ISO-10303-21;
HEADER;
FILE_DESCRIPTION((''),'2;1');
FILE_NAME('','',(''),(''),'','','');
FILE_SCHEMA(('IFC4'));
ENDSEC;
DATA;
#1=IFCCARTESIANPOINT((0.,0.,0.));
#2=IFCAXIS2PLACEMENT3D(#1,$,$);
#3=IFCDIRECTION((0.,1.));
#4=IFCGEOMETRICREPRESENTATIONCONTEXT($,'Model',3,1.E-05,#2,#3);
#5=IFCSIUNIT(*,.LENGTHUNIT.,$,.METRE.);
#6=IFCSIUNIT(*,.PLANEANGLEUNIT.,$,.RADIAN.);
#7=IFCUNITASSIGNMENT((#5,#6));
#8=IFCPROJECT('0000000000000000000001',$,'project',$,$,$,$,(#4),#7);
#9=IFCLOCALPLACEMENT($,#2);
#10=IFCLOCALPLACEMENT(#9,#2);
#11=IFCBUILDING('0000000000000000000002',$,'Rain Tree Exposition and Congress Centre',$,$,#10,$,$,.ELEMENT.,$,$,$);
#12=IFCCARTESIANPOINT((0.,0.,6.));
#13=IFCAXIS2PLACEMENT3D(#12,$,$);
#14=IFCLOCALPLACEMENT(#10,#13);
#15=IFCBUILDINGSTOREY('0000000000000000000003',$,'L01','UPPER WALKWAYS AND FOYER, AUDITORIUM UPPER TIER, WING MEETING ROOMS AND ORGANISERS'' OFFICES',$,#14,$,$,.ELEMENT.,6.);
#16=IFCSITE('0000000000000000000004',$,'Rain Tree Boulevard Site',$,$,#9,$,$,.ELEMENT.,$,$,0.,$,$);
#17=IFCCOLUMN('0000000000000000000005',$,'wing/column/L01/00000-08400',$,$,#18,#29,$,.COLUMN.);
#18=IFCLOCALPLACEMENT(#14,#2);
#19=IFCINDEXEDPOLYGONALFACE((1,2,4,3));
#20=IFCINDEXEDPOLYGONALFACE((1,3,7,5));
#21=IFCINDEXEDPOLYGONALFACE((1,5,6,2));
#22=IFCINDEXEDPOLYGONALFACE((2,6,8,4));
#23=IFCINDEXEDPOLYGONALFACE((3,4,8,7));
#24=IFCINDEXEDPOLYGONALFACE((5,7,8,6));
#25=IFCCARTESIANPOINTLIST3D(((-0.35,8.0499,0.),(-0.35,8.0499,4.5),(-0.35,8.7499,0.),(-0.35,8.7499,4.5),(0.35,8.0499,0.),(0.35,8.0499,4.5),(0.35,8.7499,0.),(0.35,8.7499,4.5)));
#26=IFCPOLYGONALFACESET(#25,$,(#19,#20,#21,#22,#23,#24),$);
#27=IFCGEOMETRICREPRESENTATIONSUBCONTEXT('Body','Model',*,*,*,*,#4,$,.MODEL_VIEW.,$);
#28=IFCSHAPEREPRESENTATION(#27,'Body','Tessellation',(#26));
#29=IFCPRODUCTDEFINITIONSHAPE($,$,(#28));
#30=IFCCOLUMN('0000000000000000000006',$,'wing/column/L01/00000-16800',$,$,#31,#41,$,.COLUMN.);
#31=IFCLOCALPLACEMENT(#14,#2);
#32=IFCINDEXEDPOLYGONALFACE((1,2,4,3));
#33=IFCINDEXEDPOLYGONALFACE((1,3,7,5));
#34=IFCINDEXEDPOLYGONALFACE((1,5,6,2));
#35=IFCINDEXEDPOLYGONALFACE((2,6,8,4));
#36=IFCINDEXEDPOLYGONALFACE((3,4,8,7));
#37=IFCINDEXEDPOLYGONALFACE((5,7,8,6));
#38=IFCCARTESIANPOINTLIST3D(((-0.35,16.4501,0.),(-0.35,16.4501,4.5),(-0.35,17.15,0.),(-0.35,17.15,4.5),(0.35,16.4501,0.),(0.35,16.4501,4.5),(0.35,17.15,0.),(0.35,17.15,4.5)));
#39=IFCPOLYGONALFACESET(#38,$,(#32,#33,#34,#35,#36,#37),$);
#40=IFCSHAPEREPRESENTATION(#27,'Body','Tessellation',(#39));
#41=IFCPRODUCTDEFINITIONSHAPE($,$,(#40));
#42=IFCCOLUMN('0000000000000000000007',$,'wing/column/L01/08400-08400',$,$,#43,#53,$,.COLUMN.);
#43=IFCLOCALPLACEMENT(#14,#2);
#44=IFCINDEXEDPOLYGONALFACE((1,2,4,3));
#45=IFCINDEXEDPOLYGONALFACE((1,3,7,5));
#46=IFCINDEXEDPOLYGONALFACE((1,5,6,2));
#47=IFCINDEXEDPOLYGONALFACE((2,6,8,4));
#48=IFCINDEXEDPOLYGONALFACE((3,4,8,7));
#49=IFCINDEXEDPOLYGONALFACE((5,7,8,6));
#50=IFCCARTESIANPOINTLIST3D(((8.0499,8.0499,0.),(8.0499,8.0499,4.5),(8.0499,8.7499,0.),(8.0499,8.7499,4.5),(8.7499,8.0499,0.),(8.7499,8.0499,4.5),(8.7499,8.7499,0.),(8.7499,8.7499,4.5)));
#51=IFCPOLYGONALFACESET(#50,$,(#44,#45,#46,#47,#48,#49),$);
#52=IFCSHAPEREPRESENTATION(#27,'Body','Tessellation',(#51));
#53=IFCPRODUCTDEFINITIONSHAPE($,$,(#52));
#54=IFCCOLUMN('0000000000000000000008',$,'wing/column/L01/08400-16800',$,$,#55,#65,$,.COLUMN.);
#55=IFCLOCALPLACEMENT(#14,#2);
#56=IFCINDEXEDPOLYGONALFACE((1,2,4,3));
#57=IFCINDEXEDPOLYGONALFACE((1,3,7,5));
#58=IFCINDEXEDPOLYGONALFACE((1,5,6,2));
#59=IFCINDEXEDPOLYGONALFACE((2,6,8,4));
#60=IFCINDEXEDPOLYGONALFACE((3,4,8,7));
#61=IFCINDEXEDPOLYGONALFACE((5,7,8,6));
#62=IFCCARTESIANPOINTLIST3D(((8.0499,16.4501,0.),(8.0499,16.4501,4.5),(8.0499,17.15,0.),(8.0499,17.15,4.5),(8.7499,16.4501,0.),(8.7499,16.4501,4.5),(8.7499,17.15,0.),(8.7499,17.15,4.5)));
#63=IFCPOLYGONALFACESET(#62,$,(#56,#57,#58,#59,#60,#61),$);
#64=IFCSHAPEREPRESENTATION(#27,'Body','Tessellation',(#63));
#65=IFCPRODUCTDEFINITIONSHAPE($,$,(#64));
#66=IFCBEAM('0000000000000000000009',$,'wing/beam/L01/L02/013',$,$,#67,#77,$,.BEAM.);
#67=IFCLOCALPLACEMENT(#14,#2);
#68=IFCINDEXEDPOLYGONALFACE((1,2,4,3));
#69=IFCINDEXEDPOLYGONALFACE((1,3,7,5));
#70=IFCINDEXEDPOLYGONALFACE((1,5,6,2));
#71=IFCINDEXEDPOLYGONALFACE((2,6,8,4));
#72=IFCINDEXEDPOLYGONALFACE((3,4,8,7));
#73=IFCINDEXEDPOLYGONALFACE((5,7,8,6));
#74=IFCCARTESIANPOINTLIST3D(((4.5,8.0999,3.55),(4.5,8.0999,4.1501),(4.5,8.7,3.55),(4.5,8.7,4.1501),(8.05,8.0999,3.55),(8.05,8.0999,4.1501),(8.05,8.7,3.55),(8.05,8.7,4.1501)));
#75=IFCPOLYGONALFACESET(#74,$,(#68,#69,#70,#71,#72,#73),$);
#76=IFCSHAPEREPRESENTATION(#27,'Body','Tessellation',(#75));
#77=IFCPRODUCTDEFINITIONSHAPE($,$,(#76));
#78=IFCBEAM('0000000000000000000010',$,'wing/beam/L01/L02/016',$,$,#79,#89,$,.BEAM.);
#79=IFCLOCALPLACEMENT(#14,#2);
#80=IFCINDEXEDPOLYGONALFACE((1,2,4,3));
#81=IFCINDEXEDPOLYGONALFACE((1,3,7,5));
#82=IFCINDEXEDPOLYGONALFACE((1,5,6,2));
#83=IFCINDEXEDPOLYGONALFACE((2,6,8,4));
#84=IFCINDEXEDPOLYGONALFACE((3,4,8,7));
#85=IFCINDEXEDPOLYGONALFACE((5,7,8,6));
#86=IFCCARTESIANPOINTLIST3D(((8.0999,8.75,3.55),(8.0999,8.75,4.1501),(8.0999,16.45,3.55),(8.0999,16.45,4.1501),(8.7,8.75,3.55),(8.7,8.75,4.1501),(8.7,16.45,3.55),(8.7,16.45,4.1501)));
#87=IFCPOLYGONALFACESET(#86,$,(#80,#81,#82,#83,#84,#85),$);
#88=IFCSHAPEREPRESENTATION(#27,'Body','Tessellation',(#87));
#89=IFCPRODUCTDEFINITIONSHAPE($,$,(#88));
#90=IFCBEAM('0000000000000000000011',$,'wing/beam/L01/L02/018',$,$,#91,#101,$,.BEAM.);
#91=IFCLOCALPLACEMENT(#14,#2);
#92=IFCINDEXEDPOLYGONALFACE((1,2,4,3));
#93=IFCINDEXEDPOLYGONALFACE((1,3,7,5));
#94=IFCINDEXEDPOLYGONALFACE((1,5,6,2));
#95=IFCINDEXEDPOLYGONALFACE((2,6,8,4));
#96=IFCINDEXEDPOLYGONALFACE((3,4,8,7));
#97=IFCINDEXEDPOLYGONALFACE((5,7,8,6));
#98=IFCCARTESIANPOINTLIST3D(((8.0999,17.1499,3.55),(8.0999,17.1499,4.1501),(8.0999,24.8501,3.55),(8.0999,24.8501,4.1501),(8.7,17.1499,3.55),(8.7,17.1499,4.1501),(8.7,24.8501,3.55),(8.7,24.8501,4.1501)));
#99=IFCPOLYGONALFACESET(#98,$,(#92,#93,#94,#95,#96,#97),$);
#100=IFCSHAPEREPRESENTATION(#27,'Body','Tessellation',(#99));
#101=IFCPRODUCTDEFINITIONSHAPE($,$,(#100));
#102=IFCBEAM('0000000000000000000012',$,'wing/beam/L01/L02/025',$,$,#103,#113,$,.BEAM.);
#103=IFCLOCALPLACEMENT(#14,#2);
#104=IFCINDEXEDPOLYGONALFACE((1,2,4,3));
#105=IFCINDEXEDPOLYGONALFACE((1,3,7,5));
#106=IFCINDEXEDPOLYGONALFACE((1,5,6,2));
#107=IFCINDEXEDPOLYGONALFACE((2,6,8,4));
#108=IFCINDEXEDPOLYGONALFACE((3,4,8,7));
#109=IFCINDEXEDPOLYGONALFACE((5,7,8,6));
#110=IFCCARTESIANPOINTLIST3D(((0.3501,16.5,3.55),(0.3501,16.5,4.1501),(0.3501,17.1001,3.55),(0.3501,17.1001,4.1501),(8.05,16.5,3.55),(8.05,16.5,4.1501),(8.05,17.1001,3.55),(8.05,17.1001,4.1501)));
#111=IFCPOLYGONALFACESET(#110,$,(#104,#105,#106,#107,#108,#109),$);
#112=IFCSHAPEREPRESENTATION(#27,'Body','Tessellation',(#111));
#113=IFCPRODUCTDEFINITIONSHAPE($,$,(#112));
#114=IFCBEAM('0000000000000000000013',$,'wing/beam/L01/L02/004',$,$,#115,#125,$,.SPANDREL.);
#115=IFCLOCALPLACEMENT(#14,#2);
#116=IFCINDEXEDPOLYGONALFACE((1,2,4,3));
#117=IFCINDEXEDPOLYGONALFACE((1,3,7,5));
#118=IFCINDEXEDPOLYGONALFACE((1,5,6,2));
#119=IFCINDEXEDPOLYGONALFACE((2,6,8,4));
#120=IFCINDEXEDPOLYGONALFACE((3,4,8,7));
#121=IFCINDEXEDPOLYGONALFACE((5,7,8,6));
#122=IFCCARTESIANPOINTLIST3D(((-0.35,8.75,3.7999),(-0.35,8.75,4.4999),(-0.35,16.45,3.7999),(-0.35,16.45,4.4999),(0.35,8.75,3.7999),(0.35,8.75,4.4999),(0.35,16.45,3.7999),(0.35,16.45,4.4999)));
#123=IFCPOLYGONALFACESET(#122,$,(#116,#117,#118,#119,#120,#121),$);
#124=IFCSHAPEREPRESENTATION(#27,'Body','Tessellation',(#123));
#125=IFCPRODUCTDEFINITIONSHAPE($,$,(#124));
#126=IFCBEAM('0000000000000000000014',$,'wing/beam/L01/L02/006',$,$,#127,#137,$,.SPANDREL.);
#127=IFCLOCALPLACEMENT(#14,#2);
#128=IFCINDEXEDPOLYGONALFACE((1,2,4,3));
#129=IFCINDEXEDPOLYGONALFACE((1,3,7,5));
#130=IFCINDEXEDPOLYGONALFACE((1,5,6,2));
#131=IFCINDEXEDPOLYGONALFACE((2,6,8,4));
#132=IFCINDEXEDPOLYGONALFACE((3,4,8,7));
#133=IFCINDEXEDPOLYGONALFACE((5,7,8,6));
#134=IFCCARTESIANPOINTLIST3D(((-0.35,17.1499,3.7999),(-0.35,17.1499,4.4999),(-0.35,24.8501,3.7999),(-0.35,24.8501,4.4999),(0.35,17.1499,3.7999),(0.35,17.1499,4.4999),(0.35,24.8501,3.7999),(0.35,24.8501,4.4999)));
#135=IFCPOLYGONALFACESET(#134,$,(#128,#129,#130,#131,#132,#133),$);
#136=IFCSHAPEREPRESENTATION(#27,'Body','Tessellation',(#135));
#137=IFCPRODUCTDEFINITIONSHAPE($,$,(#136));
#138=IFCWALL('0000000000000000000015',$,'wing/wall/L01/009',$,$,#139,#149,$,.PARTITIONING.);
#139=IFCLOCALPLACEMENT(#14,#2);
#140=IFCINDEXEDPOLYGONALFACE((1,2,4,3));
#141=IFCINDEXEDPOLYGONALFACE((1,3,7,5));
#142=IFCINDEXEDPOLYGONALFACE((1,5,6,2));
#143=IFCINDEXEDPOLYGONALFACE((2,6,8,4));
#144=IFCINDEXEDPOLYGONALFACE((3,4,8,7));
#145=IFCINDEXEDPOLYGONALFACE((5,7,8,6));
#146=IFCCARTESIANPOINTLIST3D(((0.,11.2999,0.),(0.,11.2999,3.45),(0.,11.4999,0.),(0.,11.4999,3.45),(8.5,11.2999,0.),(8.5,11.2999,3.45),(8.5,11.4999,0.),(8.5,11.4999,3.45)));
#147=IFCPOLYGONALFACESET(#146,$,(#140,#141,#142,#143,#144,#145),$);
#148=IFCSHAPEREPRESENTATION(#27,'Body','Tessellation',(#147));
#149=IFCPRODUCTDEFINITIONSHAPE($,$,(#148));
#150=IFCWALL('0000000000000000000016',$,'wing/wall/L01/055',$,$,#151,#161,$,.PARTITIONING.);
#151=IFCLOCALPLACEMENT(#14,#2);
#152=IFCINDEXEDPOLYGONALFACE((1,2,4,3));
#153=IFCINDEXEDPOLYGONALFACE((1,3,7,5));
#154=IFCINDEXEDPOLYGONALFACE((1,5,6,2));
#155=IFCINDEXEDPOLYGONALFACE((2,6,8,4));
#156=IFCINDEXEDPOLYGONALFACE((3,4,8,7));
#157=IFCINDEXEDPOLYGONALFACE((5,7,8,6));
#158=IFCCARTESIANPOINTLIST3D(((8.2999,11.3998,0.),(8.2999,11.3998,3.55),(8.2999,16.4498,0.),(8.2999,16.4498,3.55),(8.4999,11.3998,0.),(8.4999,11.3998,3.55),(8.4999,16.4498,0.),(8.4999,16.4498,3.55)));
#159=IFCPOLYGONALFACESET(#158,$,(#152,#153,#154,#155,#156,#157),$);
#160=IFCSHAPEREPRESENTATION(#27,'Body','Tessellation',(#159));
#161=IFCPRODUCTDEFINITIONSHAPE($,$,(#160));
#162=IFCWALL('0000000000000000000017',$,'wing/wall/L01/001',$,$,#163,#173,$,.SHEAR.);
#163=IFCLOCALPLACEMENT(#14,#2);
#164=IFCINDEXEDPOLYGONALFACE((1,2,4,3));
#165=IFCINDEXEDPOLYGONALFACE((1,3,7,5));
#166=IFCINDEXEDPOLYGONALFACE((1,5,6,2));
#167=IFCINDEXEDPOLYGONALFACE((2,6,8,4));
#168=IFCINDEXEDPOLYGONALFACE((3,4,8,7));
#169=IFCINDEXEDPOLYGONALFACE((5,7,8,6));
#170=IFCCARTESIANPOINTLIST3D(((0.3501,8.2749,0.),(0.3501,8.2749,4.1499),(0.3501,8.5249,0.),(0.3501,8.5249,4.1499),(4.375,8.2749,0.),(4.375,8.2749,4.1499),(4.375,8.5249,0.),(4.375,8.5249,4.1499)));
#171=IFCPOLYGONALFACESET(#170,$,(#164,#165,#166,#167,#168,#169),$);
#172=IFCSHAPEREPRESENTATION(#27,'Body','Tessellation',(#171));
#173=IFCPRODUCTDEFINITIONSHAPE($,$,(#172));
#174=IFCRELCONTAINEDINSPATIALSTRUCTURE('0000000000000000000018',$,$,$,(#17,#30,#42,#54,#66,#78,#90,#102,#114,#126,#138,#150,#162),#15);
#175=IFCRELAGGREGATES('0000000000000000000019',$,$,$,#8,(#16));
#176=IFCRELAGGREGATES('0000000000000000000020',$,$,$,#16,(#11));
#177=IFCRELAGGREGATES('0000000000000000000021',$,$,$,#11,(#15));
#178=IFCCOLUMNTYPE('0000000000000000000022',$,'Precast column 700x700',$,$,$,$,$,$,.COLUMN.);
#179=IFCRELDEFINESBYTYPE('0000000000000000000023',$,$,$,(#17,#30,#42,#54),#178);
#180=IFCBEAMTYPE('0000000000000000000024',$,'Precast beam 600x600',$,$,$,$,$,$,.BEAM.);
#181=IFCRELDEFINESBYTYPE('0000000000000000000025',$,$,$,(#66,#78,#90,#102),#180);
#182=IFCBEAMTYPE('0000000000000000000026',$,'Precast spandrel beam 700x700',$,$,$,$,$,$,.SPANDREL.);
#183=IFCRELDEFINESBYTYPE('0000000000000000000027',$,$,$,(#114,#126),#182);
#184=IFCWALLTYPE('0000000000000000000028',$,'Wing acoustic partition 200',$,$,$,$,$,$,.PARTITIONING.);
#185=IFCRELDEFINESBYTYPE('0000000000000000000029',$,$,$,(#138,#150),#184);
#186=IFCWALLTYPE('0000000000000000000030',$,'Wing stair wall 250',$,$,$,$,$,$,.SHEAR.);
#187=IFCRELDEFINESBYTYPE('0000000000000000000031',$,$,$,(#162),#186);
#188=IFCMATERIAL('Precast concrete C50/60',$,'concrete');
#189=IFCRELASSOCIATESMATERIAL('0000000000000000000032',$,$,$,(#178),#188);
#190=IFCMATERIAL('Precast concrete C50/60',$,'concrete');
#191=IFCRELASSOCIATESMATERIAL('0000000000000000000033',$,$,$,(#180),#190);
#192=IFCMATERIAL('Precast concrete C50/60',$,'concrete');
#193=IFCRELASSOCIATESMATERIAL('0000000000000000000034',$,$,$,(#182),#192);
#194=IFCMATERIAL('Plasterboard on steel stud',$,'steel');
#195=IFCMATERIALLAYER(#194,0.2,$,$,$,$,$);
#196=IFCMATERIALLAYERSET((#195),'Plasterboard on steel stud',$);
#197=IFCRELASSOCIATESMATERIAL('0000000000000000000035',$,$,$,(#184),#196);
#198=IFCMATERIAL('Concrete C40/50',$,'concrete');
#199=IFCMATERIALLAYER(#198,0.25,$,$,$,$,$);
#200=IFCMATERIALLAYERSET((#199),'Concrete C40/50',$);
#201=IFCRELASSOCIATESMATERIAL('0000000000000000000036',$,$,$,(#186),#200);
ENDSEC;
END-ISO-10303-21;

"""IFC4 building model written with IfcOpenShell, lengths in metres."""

from ifc_helpers import new_model, si_unit, direction, frame, frame_2d, origin, origin_2d, place, context, subcontext, project, spatial, rectangle, extrude, material, layer, layer_set, material_profile, profile_set, type_object, element, save


model = new_model("IFC4")

# Units and contexts
model_context = context("Model", 3, precision=1e-05, world=origin(), true_north=direction((0.0, 1.0)))
body_context = subcontext(model_context, "Body", "Model", "MODEL_VIEW")
ifc_project = project(units=[si_unit("LENGTHUNIT", "METRE"), si_unit("PLANEANGLEUNIT", "RADIAN")], contexts=[model_context])

# Site, building, storey
site_placement = place(None, origin())
site = spatial("IfcSite", under=ifc_project, at=site_placement, Name="Rain Tree Boulevard Site", CompositionType="ELEMENT", RefElevation=0.0)
building_placement = place(site_placement, origin())
building = spatial("IfcBuilding", under=site, at=building_placement, Name="Rain Tree Exposition and Congress Centre", CompositionType="ELEMENT")
storey_placement = place(building_placement, frame((0.0, 0.0, 6.0)))
storey = spatial("IfcBuildingStorey", under=building, at=storey_placement, Name="L01", Description="UPPER WALKWAYS AND FOYER, AUDITORIUM UPPER TIER, WING MEETING ROOMS AND ORGANISERS' OFFICES", CompositionType="ELEMENT", Elevation=6.0)

# Columns
ifc_material_1 = material(Name="Precast concrete C50/60", Category="concrete")
ifc_material_profile_1 = material_profile(ifc_material_1, rectangle(XDim=0.7, YDim=0.7, at=origin_2d()), Name="RC 700x700")
ifc_profile_set_1 = profile_set([ifc_material_profile_1], Name="Precast concrete C50/60")
column_type = type_object("IfcColumnType", Name="Precast column 700x700", PredefinedType="COLUMN", material=ifc_profile_set_1)
for number, where, z_axis, x_axis, name in (
    (1, (0.0, 8.3999, 0.0), (0.0, 0.0, 1.0), (1.0, 0.0, 0.0), "wing/column/L01/00000-08400"),
    (2, (0.0, 16.8, 0.0), (0.0, 0.0, 1.0), (1.0, 0.0, 0.0), "wing/column/L01/00000-16800"),
    (3, (8.3999, 8.3999, 0.0), (0.0, 0.0, 1.0), (1.0, 0.0, 0.0), "wing/column/L01/08400-08400"),
    (4, (8.3999, 16.8, 0.0), (0.0, 0.0, 1.0), (1.0, 0.0, 0.0), "wing/column/L01/08400-16800"),
):
    element("IfcColumn", number, at=place(storey_placement, frame(where, z_axis=z_axis, x_axis=x_axis)), inside=storey, type_object=column_type, Name=name, PredefinedType="COLUMN", context=body_context, shape_type="SweptSolid", body=[
        extrude(rectangle(XDim=0.7, YDim=0.7, at=origin_2d()), origin(), (0.0, 0.0, 1.0), 4.5),
    ])

# Beams
ifc_material_2 = material(Name="Precast concrete C50/60", Category="concrete")
ifc_material_profile_2 = material_profile(ifc_material_2, rectangle(XDim=0.6001, YDim=0.6001, at=origin_2d()), Name="RC 600x600")
ifc_profile_set_2 = profile_set([ifc_material_profile_2], Name="Precast concrete C50/60")
beam_type_1 = type_object("IfcBeamType", Name="Precast beam 600x600", PredefinedType="BEAM", material=ifc_profile_set_2)
beam_1_placement = place(storey_placement, frame((4.5, 8.3999, 3.8501), z_axis=(1.0, 0.0, 0.0), x_axis=(0.0, 1.0, 0.0)))
element("IfcBeam", 5, at=beam_1_placement, inside=storey, type_object=beam_type_1, Name="wing/beam/L01/L02/013", PredefinedType="BEAM", context=body_context, shape_type="SweptSolid", body=[
    extrude(rectangle(XDim=0.6001, YDim=0.6001, at=origin_2d()), origin(), (0.0, 0.0, 1.0), 3.55),
])
beam_2_placement = place(storey_placement, frame((8.3999, 8.75, 3.8501), z_axis=(0.0, 1.0, 0.0), x_axis=(-1.0, 0.0, 0.0)))
element("IfcBeam", 6, at=beam_2_placement, inside=storey, type_object=beam_type_1, Name="wing/beam/L01/L02/016", PredefinedType="BEAM", context=body_context, shape_type="SweptSolid", body=[
    extrude(rectangle(XDim=0.6001, YDim=0.6001, at=origin_2d()), origin(), (0.0, 0.0, 1.0), 7.7),
])
beam_3_placement = place(storey_placement, frame((8.3999, 17.1499, 3.8501), z_axis=(0.0, 1.0, 0.0), x_axis=(-1.0, 0.0, 0.0)))
element("IfcBeam", 7, at=beam_3_placement, inside=storey, type_object=beam_type_1, Name="wing/beam/L01/L02/018", PredefinedType="BEAM", context=body_context, shape_type="SweptSolid", body=[
    extrude(rectangle(XDim=0.6001, YDim=0.6001, at=origin_2d()), origin(), (0.0, 0.0, 1.0), 7.7002),
])
beam_4_placement = place(storey_placement, frame((0.3501, 16.8, 3.8501), z_axis=(1.0, 0.0, 0.0), x_axis=(0.0, 1.0, 0.0)))
element("IfcBeam", 8, at=beam_4_placement, inside=storey, type_object=beam_type_1, Name="wing/beam/L01/L02/025", PredefinedType="BEAM", context=body_context, shape_type="SweptSolid", body=[
    extrude(rectangle(XDim=0.6001, YDim=0.6001, at=origin_2d()), origin(), (0.0, 0.0, 1.0), 7.7),
])
ifc_material_3 = material(Name="Precast concrete C50/60", Category="concrete")
ifc_material_profile_3 = material_profile(ifc_material_3, rectangle(XDim=0.7, YDim=0.7, at=origin_2d()), Name="RC 700x700")
ifc_profile_set_3 = profile_set([ifc_material_profile_3], Name="Precast concrete C50/60")
beam_type_2 = type_object("IfcBeamType", Name="Precast spandrel beam 700x700", PredefinedType="SPANDREL", material=ifc_profile_set_3)
beam_5_placement = place(storey_placement, frame((0.0, 8.75, 4.1499), z_axis=(0.0, 1.0, 0.0), x_axis=(-1.0, 0.0, 0.0)))
element("IfcBeam", 9, at=beam_5_placement, inside=storey, type_object=beam_type_2, Name="wing/beam/L01/L02/004", PredefinedType="SPANDREL", context=body_context, shape_type="SweptSolid", body=[
    extrude(rectangle(XDim=0.7, YDim=0.7, at=origin_2d()), origin(), (0.0, 0.0, 1.0), 7.7),
])
beam_6_placement = place(storey_placement, frame((0.0, 17.1499, 4.1499), z_axis=(0.0, 1.0, 0.0), x_axis=(-1.0, 0.0, 0.0)))
element("IfcBeam", 10, at=beam_6_placement, inside=storey, type_object=beam_type_2, Name="wing/beam/L01/L02/006", PredefinedType="SPANDREL", context=body_context, shape_type="SweptSolid", body=[
    extrude(rectangle(XDim=0.7, YDim=0.7, at=origin_2d()), origin(), (0.0, 0.0, 1.0), 7.7002),
])

# Walls
ifc_material_4 = material(Name="Plasterboard on steel stud", Category="steel")
ifc_layer_1 = layer(ifc_material_4, 0.2)
ifc_layer_set_1 = layer_set([ifc_layer_1], Name="Plasterboard on steel stud")
wall_type_1 = type_object("IfcWallType", Name="Wing acoustic partition 200", PredefinedType="PARTITIONING", material=ifc_layer_set_1)
wall_1_placement = place(storey_placement, frame((0.0, 11.3999, 0.0), z_axis=(0.0, 0.0, 1.0), x_axis=(1.0, 0.0, 0.0)))
element("IfcWall", 11, at=wall_1_placement, inside=storey, type_object=wall_type_1, Name="wing/wall/L01/009", PredefinedType="PARTITIONING", context=body_context, shape_type="SweptSolid", body=[
    extrude(rectangle(XDim=8.5, YDim=0.2, at=frame_2d((4.25, 0.0))), origin(), (0.0, 0.0, 1.0), 3.45),
])
wall_2_placement = place(storey_placement, frame((8.3999, 11.3999, 0.0), z_axis=(0.0, 0.0, 1.0), x_axis=(0.0, 1.0, 0.0)))
element("IfcWall", 12, at=wall_2_placement, inside=storey, type_object=wall_type_1, Name="wing/wall/L01/055", PredefinedType="PARTITIONING", context=body_context, shape_type="SweptSolid", body=[
    extrude(rectangle(XDim=5.05, YDim=0.2, at=frame_2d((2.5249, 0.0))), origin(), (0.0, 0.0, 1.0), 3.55),
])

# Wall
ifc_material_5 = material(Name="Concrete C40/50", Category="concrete")
ifc_layer_2 = layer(ifc_material_5, 0.25)
ifc_layer_set_2 = layer_set([ifc_layer_2], Name="Concrete C40/50")
wall_type_2 = type_object("IfcWallType", Name="Wing stair wall 250", PredefinedType="SHEAR", material=ifc_layer_set_2)
wall_3_placement = place(storey_placement, frame((0.3501, 8.3999, 0.0), z_axis=(0.0, 0.0, 1.0), x_axis=(1.0, 0.0, 0.0)))
element("IfcWall", 13, at=wall_3_placement, inside=storey, type_object=wall_type_2, Name="wing/wall/L01/001", PredefinedType="SHEAR", context=body_context, shape_type="SweptSolid", body=[
    extrude(rectangle(XDim=4.0249, YDim=0.25, at=frame_2d((2.0125, 0.0))), origin(), (0.0, 0.0, 1.0), 4.1499),
])

save(model, "model.ifc")
